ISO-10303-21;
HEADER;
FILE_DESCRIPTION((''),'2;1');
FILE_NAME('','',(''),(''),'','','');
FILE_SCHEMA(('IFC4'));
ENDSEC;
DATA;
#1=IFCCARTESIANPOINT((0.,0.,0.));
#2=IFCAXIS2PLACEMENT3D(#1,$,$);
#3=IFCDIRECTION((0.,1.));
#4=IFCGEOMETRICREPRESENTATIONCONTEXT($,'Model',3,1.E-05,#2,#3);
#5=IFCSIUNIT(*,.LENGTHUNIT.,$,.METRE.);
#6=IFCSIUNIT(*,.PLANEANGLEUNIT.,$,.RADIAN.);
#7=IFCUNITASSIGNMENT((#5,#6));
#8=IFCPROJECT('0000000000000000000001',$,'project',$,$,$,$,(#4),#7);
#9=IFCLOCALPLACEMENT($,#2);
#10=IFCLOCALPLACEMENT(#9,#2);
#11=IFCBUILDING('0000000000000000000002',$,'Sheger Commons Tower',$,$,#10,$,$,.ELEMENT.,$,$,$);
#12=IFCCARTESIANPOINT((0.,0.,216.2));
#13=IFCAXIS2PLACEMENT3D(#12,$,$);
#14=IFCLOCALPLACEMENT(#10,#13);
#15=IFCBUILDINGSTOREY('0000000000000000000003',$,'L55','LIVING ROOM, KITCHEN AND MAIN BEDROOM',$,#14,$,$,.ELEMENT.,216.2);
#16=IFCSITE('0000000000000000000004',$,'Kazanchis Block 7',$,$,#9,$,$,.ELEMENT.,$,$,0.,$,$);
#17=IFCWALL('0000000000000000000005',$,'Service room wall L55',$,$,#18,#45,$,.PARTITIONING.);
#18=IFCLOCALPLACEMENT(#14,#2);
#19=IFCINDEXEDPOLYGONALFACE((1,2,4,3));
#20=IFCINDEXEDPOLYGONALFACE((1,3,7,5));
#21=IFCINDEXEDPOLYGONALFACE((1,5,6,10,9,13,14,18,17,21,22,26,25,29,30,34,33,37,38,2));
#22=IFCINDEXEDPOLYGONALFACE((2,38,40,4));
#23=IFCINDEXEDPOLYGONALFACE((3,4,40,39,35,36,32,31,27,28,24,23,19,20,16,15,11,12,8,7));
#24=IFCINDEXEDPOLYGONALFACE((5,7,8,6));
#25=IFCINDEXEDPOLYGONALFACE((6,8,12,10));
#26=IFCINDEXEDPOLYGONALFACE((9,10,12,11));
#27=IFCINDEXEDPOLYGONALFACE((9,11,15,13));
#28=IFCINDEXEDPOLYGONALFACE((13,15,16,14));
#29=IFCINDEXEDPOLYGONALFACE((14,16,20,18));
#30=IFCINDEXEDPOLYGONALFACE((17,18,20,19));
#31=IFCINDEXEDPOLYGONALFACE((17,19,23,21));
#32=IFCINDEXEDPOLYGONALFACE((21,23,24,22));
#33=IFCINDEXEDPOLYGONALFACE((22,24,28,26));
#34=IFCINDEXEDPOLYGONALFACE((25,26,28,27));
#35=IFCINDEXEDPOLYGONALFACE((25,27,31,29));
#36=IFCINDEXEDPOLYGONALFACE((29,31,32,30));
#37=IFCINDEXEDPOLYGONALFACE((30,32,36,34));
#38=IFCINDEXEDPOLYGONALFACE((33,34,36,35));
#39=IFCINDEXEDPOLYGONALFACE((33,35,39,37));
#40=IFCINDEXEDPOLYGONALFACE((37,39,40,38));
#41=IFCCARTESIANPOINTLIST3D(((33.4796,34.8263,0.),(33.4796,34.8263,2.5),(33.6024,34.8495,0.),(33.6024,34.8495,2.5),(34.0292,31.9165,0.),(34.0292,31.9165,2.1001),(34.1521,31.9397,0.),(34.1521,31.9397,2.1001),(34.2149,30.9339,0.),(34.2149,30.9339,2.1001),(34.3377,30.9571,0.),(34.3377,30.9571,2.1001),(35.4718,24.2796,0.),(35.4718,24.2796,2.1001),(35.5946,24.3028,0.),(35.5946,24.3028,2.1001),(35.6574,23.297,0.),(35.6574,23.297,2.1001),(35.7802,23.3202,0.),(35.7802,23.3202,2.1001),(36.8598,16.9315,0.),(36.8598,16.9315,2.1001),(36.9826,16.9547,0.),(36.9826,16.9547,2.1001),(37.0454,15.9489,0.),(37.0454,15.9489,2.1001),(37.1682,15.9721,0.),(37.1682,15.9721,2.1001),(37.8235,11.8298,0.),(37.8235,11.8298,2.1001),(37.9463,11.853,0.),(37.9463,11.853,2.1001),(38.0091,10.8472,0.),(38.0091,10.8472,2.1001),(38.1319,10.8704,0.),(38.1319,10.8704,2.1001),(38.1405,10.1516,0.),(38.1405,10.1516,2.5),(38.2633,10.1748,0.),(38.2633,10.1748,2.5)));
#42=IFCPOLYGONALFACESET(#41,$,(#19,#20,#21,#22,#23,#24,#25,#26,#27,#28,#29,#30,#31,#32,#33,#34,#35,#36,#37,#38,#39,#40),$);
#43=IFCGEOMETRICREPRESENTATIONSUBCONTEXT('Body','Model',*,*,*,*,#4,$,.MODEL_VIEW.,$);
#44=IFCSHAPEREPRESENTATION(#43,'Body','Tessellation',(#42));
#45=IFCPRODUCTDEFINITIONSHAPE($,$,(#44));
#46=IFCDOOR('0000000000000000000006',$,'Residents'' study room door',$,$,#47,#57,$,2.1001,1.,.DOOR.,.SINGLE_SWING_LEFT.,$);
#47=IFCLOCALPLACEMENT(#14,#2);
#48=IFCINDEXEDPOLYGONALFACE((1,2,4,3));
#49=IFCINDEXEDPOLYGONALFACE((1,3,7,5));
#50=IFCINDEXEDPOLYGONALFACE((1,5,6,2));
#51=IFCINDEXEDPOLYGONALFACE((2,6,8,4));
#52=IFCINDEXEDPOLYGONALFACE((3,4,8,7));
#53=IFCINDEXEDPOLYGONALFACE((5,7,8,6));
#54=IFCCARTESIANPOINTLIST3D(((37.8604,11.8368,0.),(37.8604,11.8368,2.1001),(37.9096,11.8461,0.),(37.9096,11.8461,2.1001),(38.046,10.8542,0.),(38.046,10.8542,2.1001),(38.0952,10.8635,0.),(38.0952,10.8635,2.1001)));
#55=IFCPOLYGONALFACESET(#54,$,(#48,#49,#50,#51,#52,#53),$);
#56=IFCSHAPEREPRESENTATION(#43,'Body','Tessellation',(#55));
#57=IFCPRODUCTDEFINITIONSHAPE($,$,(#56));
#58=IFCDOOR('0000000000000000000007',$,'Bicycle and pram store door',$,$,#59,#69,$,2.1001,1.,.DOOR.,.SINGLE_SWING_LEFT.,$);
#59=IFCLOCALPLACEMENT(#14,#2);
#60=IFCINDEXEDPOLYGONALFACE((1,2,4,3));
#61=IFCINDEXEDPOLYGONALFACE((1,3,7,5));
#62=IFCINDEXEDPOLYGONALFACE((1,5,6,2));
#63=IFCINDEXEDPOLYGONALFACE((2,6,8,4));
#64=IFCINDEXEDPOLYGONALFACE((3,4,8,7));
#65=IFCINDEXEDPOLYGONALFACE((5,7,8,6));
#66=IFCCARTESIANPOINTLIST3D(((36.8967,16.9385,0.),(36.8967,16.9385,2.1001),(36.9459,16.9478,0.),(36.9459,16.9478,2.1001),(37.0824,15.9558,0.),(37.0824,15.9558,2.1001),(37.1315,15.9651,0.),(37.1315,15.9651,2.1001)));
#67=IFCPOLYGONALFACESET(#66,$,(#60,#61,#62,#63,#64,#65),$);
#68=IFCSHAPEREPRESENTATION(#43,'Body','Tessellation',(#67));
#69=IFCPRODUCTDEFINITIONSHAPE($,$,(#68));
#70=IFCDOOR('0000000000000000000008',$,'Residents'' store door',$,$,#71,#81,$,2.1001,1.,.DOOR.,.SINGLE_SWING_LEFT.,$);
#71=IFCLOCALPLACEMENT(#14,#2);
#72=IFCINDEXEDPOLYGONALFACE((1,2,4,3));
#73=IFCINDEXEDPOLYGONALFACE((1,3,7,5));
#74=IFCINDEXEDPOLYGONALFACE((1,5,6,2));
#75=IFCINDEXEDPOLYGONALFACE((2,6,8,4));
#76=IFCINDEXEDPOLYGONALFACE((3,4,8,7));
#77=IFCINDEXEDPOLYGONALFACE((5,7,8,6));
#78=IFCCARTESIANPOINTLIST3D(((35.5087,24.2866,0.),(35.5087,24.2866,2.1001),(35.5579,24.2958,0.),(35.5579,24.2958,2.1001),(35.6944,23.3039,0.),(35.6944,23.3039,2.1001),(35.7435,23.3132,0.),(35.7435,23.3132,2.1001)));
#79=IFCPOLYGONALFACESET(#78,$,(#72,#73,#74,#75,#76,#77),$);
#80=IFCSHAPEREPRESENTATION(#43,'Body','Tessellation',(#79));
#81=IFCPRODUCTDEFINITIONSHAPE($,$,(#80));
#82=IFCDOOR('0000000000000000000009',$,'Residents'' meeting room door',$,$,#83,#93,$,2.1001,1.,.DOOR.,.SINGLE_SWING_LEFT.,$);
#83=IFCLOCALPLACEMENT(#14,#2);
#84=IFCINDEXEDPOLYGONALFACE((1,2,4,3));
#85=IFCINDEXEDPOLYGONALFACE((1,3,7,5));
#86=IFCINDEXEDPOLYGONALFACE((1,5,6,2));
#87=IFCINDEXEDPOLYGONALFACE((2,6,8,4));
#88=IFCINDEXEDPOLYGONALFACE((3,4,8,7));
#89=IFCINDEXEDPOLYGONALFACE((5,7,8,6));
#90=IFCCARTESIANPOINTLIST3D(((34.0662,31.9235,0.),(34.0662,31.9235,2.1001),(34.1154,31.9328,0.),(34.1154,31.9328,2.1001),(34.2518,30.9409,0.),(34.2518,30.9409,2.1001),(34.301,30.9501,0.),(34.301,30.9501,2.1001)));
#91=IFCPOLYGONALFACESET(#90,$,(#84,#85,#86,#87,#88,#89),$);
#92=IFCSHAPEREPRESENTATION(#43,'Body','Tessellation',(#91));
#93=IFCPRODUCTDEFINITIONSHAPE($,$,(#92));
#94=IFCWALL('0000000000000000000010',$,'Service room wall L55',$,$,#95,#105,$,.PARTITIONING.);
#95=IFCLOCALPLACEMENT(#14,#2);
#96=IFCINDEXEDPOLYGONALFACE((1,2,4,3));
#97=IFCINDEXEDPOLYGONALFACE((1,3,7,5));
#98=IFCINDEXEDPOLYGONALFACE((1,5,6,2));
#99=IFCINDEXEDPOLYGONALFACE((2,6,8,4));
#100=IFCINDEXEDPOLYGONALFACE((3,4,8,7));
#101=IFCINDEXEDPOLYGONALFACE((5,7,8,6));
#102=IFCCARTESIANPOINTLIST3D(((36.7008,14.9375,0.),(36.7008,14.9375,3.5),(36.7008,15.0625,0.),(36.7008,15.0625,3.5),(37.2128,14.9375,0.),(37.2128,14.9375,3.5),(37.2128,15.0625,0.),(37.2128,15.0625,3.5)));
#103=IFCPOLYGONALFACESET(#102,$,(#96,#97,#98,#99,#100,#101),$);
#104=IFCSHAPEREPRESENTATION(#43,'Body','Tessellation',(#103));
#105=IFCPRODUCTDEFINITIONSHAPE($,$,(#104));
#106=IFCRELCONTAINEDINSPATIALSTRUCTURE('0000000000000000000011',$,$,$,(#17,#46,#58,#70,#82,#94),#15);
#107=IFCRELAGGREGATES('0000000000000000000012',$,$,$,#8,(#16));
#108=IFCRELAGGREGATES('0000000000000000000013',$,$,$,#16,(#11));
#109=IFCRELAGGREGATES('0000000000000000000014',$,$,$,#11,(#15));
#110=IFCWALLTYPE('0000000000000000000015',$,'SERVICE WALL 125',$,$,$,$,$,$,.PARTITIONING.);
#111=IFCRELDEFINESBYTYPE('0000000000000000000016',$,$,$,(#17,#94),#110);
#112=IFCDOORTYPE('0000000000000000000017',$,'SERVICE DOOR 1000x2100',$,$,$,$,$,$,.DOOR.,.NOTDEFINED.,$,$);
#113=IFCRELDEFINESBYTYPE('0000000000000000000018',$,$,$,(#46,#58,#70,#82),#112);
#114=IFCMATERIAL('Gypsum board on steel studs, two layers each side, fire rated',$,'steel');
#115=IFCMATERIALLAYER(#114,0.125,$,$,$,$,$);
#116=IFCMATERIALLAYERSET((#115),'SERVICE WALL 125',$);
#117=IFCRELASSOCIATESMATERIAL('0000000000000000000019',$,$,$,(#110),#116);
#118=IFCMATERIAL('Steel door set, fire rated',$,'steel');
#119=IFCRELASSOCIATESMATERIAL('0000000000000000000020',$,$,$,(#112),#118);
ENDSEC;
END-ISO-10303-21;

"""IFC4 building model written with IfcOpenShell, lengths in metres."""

from ifc_helpers import new_model, si_unit, direction, frame, frame_2d, origin, place, context, subcontext, project, spatial, rectangle, extrude, material, layer, layer_set, type_object, element, fill, save


model = new_model("IFC4")

# Units and contexts
model_context = context("Model", 3, precision=1e-05, world=origin(), true_north=direction((0.0, 1.0)))
body_context = subcontext(model_context, "Body", "Model", "MODEL_VIEW")
ifc_project = project(units=[si_unit("LENGTHUNIT", "METRE"), si_unit("PLANEANGLEUNIT", "RADIAN")], contexts=[model_context])

# Site, building, storey
site_placement = place(None, origin())
site = spatial("IfcSite", under=ifc_project, at=site_placement, Name="Kazanchis Block 7", CompositionType="ELEMENT", RefElevation=0.0)
building_placement = place(site_placement, origin())
building = spatial("IfcBuilding", under=site, at=building_placement, Name="Sheger Commons Tower", CompositionType="ELEMENT")
storey_placement = place(building_placement, frame((0.0, 0.0, 216.2)))
storey = spatial("IfcBuildingStorey", under=building, at=storey_placement, Name="L55", Description="LIVING ROOM, KITCHEN AND MAIN BEDROOM", CompositionType="ELEMENT", Elevation=216.2)

# Wall, openings, doors
ifc_material_1 = material(Name="Gypsum board on steel studs, two layers each side, fire rated", Category="steel")
ifc_layer_1 = layer(ifc_material_1, 0.125)
ifc_layer_set_1 = layer_set([ifc_layer_1], Name="SERVICE WALL 125")
wall_type_1 = type_object("IfcWallType", Name="SERVICE WALL 125", PredefinedType="PARTITIONING", material=ifc_layer_set_1)
wall_1_placement = place(storey_placement, frame((38.2019, 10.1631, 0.0), z_axis=(0.0, 0.0, 1.0), x_axis=(-0.18561, 0.982623, 0.0)))
wall_1 = element("IfcWall", 1, at=wall_1_placement, inside=storey, type_object=wall_type_1, Name="Service room wall L55", PredefinedType="PARTITIONING", context=body_context, shape_type="SweptSolid", body=[
    extrude(rectangle(XDim=25.1111, YDim=0.125, at=frame_2d((12.5557, 0.0))), origin(), (0.0, 0.0, 1.0), 2.5),
])
opening_1_placement = place(wall_1_placement, frame((0.708, 0.0, 0.0)))
opening_1 = element("IfcOpeningElement", 2, at=opening_1_placement, cuts=wall_1, PredefinedType="OPENING", context=body_context, shape_type="SweptSolid", body=[
    extrude(rectangle(XDim=1.0, YDim=2.1001, at=frame_2d((0.5, 1.05))), frame((0.0, 0.0725, 0.0), z_axis=(0.0, -1.0, 0.0), x_axis=(1.0, 0.0, 0.0)), (0.0, 0.0, 1.0), 0.145),
])
opening_2_placement = place(wall_1_placement, frame((5.8999, 0.0, 0.0)))
opening_2 = element("IfcOpeningElement", 3, at=opening_2_placement, cuts=wall_1, PredefinedType="OPENING", context=body_context, shape_type="SweptSolid", body=[
    extrude(rectangle(XDim=1.0, YDim=2.1001, at=frame_2d((0.5, 1.05))), frame((0.0, 0.0725, 0.0), z_axis=(0.0, -1.0, 0.0), x_axis=(1.0, 0.0, 0.0)), (0.0, 0.0, 1.0), 0.145),
])
opening_3_placement = place(wall_1_placement, frame((13.3779, 0.0, 0.0)))
opening_3 = element("IfcOpeningElement", 4, at=opening_3_placement, cuts=wall_1, PredefinedType="OPENING", context=body_context, shape_type="SweptSolid", body=[
    extrude(rectangle(XDim=1.0, YDim=2.1001, at=frame_2d((0.5, 1.05))), frame((0.0, 0.0725, 0.0), z_axis=(0.0, -1.0, 0.0), x_axis=(1.0, 0.0, 0.0)), (0.0, 0.0, 1.0), 0.145),
])
opening_4_placement = place(wall_1_placement, frame((21.1499, 0.0, 0.0)))
opening_4 = element("IfcOpeningElement", 5, at=opening_4_placement, cuts=wall_1, PredefinedType="OPENING", context=body_context, shape_type="SweptSolid", body=[
    extrude(rectangle(XDim=1.0, YDim=2.1001, at=frame_2d((0.5, 1.05))), frame((0.0, 0.0725, 0.0), z_axis=(0.0, -1.0, 0.0), x_axis=(1.0, 0.0, 0.0)), (0.0, 0.0, 1.0), 0.145),
])
ifc_material_2 = material(Name="Steel door set, fire rated", Category="steel")
door_type_1 = type_object("IfcDoorType", Name="SERVICE DOOR 1000x2100", OperationType="NOTDEFINED", PredefinedType="DOOR", material=ifc_material_2)
door_1_placement = place(opening_1_placement, origin())
door_1 = element("IfcDoor", 6, at=door_1_placement, inside=storey, type_object=door_type_1, Name="Residents' study room door", OperationType="SINGLE_SWING_LEFT", OverallHeight=2.1001, OverallWidth=1.0, PredefinedType="DOOR", context=body_context, shape_type="SweptSolid", body=[
    extrude(rectangle(XDim=1.0, YDim=2.1001, at=frame_2d((0.5, 1.05))), frame((0.0, 0.0249, 0.0), z_axis=(0.0, -1.0, 0.0), x_axis=(1.0, 0.0, 0.0)), (0.0, 0.0, 1.0), 0.05),
])
fill(opening_1, door_1)
door_2_placement = place(opening_2_placement, origin())
door_2 = element("IfcDoor", 7, at=door_2_placement, inside=storey, type_object=door_type_1, Name="Bicycle and pram store door", OperationType="SINGLE_SWING_LEFT", OverallHeight=2.1001, OverallWidth=1.0, PredefinedType="DOOR", context=body_context, shape_type="SweptSolid", body=[
    extrude(rectangle(XDim=1.0, YDim=2.1001, at=frame_2d((0.5, 1.05))), frame((0.0, 0.0249, 0.0), z_axis=(0.0, -1.0, 0.0), x_axis=(1.0, 0.0, 0.0)), (0.0, 0.0, 1.0), 0.05),
])
fill(opening_2, door_2)
door_3_placement = place(opening_3_placement, origin())
door_3 = element("IfcDoor", 8, at=door_3_placement, inside=storey, type_object=door_type_1, Name="Residents' store door", OperationType="SINGLE_SWING_LEFT", OverallHeight=2.1001, OverallWidth=1.0, PredefinedType="DOOR", context=body_context, shape_type="SweptSolid", body=[
    extrude(rectangle(XDim=1.0, YDim=2.1001, at=frame_2d((0.5, 1.05))), frame((0.0, 0.0249, 0.0), z_axis=(0.0, -1.0, 0.0), x_axis=(1.0, 0.0, 0.0)), (0.0, 0.0, 1.0), 0.05),
])
fill(opening_3, door_3)
door_4_placement = place(opening_4_placement, origin())
door_4 = element("IfcDoor", 9, at=door_4_placement, inside=storey, type_object=door_type_1, Name="Residents' meeting room door", OperationType="SINGLE_SWING_LEFT", OverallHeight=2.1001, OverallWidth=1.0, PredefinedType="DOOR", context=body_context, shape_type="SweptSolid", body=[
    extrude(rectangle(XDim=1.0, YDim=2.1001, at=frame_2d((0.5, 1.05))), frame((0.0, 0.0249, 0.0), z_axis=(0.0, -1.0, 0.0), x_axis=(1.0, 0.0, 0.0)), (0.0, 0.0, 1.0), 0.05),
])
fill(opening_4, door_4)

# Wall
wall_2_placement = place(storey_placement, frame((36.7009, 15.0, 0.0), z_axis=(0.0, 0.0, 1.0), x_axis=(1.0, 0.0, 0.0)))
element("IfcWall", 10, at=wall_2_placement, inside=storey, type_object=wall_type_1, Name="Service room wall L55", PredefinedType="PARTITIONING", context=body_context, shape_type="SweptSolid", body=[
    extrude(rectangle(XDim=0.512, YDim=0.125, at=frame_2d((0.2559, 0.0))), origin(), (0.0, 0.0, 1.0), 3.5),
])

save(model, "model.ifc")
